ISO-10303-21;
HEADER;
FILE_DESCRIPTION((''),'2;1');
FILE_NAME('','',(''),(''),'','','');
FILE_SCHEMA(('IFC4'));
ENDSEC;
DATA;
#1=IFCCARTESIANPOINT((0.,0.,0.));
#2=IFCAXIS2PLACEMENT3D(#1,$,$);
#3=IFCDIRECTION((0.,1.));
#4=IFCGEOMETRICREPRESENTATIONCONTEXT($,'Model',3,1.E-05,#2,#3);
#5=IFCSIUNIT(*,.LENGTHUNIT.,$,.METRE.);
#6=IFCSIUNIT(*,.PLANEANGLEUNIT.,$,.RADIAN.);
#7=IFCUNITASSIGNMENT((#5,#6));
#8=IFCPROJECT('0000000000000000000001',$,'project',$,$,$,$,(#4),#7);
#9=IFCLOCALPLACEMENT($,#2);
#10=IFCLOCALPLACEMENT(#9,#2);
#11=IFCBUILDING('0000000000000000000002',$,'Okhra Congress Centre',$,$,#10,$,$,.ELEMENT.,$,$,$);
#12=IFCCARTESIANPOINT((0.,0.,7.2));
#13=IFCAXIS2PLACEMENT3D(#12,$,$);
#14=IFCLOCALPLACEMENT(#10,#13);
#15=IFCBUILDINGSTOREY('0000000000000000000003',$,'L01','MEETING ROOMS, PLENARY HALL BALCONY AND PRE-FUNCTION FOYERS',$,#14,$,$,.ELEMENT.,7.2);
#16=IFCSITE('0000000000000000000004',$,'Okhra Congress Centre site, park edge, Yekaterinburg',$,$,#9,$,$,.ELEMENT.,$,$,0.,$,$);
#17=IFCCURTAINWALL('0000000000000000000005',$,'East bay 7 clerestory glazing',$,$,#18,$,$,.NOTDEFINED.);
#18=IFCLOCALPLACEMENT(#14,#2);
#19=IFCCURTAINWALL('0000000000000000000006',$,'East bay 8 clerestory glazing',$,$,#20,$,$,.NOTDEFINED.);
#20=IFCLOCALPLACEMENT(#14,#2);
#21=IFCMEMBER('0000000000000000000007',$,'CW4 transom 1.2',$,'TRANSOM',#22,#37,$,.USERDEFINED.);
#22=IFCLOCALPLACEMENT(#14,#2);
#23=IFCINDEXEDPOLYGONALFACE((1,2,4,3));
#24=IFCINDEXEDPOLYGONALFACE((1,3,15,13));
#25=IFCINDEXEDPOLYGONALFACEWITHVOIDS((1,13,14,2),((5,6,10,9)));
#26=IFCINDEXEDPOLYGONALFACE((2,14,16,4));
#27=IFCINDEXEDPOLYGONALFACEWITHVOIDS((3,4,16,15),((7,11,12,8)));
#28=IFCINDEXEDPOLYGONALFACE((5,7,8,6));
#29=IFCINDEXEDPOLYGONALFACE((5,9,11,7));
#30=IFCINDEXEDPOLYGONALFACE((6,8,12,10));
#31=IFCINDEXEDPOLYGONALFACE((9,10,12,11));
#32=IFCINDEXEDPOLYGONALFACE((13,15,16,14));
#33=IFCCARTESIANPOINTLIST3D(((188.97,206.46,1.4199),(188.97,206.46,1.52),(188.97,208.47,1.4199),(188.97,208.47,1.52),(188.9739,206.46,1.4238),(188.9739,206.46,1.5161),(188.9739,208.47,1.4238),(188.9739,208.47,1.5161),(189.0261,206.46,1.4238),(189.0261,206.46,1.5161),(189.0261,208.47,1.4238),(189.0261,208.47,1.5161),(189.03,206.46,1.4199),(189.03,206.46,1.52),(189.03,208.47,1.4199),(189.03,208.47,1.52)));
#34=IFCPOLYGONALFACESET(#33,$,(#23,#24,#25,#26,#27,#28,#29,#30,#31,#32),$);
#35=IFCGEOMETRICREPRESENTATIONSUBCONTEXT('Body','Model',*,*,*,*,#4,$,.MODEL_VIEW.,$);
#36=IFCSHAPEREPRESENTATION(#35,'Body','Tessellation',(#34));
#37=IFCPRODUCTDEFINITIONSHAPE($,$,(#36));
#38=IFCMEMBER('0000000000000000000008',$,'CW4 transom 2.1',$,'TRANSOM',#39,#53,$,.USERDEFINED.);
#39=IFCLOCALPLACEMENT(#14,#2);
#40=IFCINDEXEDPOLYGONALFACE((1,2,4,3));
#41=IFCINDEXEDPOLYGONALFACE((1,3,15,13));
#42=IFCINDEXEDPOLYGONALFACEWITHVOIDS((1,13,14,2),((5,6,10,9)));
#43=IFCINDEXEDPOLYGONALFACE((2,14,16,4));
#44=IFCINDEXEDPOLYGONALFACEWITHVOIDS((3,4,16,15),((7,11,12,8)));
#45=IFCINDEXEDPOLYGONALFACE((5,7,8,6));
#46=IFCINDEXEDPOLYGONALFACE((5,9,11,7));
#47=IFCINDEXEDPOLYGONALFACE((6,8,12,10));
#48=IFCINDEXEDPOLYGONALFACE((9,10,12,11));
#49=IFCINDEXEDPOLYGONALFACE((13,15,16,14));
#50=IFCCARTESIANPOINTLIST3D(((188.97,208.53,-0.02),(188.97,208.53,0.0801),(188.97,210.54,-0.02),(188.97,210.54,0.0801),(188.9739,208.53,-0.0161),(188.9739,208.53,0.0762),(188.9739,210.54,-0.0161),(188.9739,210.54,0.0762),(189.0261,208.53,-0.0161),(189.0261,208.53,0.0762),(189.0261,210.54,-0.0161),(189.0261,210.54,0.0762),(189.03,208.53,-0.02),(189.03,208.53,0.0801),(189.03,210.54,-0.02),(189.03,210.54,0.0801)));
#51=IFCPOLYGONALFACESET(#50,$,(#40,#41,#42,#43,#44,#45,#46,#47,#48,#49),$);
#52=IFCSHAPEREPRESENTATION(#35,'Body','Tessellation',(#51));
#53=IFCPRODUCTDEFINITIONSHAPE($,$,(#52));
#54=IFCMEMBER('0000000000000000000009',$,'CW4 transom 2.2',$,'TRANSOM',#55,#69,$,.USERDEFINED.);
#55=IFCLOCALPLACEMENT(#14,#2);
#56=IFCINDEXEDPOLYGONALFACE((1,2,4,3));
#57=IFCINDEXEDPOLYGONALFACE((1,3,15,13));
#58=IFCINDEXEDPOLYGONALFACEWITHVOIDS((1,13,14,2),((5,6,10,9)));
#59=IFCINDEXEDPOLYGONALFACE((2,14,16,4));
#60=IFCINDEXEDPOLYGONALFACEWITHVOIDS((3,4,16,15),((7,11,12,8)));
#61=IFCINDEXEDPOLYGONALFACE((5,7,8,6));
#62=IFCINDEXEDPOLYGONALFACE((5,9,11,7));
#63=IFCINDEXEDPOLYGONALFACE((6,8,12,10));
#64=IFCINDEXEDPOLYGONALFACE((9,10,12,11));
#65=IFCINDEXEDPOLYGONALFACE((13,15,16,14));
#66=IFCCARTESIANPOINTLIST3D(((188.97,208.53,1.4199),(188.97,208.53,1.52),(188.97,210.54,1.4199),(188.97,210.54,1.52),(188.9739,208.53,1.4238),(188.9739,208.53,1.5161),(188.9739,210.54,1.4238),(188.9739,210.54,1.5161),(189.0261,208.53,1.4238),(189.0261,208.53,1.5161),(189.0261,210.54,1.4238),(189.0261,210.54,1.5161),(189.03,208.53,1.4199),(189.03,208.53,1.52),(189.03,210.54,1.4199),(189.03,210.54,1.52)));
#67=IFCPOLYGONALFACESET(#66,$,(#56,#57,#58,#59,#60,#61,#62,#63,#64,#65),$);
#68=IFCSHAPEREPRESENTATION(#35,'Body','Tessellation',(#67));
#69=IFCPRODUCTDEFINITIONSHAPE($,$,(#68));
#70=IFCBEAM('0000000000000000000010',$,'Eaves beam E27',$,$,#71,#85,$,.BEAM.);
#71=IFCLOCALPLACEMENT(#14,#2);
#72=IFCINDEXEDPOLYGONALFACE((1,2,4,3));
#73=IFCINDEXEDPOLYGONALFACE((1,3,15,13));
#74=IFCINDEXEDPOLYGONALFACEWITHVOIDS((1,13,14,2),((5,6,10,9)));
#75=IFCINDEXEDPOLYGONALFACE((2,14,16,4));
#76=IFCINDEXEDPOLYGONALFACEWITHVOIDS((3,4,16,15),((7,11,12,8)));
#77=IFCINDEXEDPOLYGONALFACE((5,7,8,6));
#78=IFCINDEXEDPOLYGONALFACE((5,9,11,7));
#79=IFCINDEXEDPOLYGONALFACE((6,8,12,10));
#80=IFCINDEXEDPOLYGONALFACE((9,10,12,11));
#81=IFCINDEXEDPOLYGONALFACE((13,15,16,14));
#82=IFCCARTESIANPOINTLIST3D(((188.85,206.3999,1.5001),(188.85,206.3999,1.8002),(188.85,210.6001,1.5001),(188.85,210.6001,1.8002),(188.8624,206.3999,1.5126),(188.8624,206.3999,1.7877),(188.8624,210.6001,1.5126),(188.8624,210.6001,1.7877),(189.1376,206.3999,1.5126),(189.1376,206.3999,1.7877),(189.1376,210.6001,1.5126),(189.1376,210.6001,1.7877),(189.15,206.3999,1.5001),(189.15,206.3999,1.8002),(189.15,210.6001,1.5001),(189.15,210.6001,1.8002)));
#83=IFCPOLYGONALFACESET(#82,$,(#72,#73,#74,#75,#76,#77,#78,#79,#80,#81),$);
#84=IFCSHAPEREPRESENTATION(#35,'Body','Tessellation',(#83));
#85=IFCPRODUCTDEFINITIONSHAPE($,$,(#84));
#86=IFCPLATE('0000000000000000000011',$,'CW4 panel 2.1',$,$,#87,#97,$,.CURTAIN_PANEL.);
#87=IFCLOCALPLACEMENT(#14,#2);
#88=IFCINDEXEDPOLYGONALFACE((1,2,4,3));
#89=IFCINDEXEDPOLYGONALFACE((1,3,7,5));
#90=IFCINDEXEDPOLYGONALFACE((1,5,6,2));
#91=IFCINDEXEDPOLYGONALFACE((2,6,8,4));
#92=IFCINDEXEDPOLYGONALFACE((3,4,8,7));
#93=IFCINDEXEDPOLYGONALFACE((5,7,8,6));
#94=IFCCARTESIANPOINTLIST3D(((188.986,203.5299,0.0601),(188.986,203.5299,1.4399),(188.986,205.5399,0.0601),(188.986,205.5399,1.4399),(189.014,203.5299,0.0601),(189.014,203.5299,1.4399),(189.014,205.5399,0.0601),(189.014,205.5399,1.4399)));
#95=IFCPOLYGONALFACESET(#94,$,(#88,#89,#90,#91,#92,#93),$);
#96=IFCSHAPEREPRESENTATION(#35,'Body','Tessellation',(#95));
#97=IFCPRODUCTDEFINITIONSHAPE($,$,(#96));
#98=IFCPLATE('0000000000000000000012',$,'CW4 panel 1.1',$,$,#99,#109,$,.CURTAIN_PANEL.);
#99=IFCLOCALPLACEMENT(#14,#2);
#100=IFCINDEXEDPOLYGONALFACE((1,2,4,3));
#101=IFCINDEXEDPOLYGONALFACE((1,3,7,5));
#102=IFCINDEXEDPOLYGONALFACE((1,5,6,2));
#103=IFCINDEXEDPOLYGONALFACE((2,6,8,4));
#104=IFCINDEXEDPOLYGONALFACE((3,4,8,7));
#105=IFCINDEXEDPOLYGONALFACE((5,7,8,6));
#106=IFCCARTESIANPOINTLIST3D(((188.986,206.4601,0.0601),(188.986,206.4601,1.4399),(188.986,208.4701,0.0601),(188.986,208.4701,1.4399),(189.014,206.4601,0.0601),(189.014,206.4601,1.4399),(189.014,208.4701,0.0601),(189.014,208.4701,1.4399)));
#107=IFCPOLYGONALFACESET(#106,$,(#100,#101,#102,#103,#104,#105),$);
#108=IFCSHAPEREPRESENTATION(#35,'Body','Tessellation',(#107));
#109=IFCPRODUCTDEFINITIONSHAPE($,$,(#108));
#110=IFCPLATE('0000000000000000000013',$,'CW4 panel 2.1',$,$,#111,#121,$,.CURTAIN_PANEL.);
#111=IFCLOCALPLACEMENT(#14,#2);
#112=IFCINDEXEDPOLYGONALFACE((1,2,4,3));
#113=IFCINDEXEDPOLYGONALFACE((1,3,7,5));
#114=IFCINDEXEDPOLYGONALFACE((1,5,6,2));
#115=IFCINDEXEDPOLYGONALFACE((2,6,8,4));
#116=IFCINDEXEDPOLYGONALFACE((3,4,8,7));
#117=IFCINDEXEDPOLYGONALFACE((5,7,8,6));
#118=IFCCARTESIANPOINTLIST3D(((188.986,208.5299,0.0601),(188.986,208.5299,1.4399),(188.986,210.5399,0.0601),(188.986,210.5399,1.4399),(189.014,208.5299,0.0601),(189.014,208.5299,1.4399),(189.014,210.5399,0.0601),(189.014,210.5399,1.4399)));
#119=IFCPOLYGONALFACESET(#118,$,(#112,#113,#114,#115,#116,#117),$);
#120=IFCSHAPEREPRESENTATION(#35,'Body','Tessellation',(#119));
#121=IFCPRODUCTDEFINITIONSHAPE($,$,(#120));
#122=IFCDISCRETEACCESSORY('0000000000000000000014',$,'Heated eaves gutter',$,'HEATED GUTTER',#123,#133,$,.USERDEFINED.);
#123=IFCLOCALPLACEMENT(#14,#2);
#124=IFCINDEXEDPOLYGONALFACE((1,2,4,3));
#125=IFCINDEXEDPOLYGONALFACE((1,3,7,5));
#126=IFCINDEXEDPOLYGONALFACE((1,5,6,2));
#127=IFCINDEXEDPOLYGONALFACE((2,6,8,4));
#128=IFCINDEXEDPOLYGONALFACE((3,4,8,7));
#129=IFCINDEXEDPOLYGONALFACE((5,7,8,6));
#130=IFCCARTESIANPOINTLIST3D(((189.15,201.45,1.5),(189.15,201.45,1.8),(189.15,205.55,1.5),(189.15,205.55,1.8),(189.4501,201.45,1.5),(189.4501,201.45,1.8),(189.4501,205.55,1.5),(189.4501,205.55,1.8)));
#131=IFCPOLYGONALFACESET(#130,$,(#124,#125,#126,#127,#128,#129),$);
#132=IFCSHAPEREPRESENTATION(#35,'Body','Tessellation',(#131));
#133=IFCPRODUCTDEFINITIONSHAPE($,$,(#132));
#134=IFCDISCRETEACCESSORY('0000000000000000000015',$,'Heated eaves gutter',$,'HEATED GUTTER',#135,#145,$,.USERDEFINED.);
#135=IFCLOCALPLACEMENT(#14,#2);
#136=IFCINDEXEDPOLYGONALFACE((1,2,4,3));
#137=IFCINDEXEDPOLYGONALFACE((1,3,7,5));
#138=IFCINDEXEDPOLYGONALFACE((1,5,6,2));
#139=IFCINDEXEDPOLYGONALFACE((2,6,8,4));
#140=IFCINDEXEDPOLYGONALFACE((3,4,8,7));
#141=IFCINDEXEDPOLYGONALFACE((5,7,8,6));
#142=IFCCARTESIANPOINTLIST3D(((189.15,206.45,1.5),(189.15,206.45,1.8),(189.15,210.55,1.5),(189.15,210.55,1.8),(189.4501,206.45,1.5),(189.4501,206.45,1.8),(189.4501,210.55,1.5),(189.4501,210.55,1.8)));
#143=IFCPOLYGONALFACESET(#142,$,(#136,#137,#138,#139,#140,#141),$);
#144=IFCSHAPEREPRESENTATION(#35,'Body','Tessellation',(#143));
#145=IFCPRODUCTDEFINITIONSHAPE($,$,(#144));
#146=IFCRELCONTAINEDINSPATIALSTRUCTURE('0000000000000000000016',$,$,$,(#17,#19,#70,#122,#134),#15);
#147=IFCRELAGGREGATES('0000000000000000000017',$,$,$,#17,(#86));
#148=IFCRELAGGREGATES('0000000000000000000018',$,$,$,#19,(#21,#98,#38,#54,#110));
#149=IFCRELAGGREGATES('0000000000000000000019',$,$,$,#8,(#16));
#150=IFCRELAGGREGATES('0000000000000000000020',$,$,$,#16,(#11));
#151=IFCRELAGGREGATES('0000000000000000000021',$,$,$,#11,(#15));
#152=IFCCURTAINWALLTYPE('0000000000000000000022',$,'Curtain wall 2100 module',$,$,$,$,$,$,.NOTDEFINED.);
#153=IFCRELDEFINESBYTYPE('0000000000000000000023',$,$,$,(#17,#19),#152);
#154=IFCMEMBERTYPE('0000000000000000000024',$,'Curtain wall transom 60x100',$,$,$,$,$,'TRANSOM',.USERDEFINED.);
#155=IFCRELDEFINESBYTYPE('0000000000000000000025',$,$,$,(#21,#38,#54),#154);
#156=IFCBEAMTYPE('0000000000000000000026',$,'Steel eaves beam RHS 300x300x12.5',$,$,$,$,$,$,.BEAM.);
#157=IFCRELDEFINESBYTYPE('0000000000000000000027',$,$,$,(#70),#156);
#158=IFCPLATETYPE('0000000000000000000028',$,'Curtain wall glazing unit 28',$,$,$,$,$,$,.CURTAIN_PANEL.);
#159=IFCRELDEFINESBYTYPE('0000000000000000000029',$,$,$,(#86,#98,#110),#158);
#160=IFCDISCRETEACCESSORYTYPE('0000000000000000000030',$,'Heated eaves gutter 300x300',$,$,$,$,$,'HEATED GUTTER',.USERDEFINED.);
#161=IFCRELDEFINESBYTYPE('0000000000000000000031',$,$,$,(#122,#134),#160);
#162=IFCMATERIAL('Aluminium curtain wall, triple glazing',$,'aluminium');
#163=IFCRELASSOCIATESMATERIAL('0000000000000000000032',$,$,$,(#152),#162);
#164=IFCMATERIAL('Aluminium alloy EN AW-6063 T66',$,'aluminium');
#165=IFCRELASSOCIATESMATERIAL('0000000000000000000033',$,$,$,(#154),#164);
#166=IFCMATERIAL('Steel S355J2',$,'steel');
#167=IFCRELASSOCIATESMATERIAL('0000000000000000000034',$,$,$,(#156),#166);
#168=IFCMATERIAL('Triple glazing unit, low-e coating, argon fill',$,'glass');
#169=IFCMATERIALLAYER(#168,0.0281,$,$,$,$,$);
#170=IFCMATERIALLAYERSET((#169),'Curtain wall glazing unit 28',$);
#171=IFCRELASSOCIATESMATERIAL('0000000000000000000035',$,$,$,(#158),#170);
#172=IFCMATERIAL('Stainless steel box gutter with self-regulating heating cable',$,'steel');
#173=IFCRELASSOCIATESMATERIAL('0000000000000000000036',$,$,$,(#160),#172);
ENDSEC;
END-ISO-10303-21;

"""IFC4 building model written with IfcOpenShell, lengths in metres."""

from ifc_helpers import new_model, si_unit, direction, frame, origin, origin_2d, place, context, subcontext, project, spatial, rectangle, hollow_rectangle, extrude, material, layer, layer_set, material_profile, profile_set, type_object, element, aggregate, save


model = new_model("IFC4")

# Units and contexts
model_context = context("Model", 3, precision=1e-05, world=origin(), true_north=direction((0.0, 1.0)))
body_context = subcontext(model_context, "Body", "Model", "MODEL_VIEW")
ifc_project = project(units=[si_unit("LENGTHUNIT", "METRE"), si_unit("PLANEANGLEUNIT", "RADIAN")], contexts=[model_context])

# Site, building, storey
site_placement = place(None, origin())
site = spatial("IfcSite", under=ifc_project, at=site_placement, Name="Okhra Congress Centre site, park edge, Yekaterinburg", CompositionType="ELEMENT", RefElevation=0.0)
building_placement = place(site_placement, origin())
building = spatial("IfcBuilding", under=site, at=building_placement, Name="Okhra Congress Centre", CompositionType="ELEMENT")
storey_placement = place(building_placement, frame((0.0, 0.0, 7.2)))
storey = spatial("IfcBuildingStorey", under=building, at=storey_placement, Name="L01", Description="MEETING ROOMS, PLENARY HALL BALCONY AND PRE-FUNCTION FOYERS", CompositionType="ELEMENT", Elevation=7.2)

# Curtain walls
ifc_material_1 = material(Name="Aluminium curtain wall, triple glazing", Category="aluminium")
curtain_wall_type_1 = type_object("IfcCurtainWallType", Name="Curtain wall 2100 module", PredefinedType="NOTDEFINED", material=ifc_material_1)
curtain_wall_1_placement = place(storey_placement, origin())
curtain_wall_1 = element("IfcCurtainWall", 1, at=curtain_wall_1_placement, inside=storey, type_object=curtain_wall_type_1, Name="East bay 7 clerestory glazing", PredefinedType="NOTDEFINED")
ifc_material_2 = material(Name="Aluminium alloy EN AW-6063 T66", Category="aluminium")
curtain_wall_2_placement = place(storey_placement, origin())
curtain_wall_2 = element("IfcCurtainWall", 2, at=curtain_wall_2_placement, inside=storey, type_object=curtain_wall_type_1, Name="East bay 8 clerestory glazing", PredefinedType="NOTDEFINED")

# Members
ifc_material_profile_1 = material_profile(ifc_material_2, hollow_rectangle(XDim=0.0601, YDim=0.1001, WallThickness=0.0039, at=origin_2d()), Name="RHS 60x100x4")
ifc_profile_set_1 = profile_set([ifc_material_profile_1], Name="Aluminium alloy EN AW-6063 T66")
member_type_1 = type_object("IfcMemberType", Name="Curtain wall transom 60x100", ElementType="TRANSOM", PredefinedType="USERDEFINED", material=ifc_profile_set_1)
member_1_placement = place(storey_placement, frame((189.0, 206.46, 1.47), z_axis=(0.0, 1.0, 0.0), x_axis=(-1.0, 0.0, 0.0)))
member_1 = element("IfcMember", 3, at=member_1_placement, type_object=member_type_1, Name="CW4 transom 1.2", ObjectType="TRANSOM", PredefinedType="USERDEFINED", context=body_context, shape_type="SweptSolid", body=[
    extrude(hollow_rectangle(XDim=0.0601, YDim=0.1001, WallThickness=0.0039, at=origin_2d()), origin(), (0.0, 0.0, 1.0), 2.01),
])
member_2_placement = place(storey_placement, frame((189.0, 208.53, 0.03), z_axis=(0.0, 1.0, 0.0), x_axis=(-1.0, 0.0, 0.0)))
member_2 = element("IfcMember", 4, at=member_2_placement, type_object=member_type_1, Name="CW4 transom 2.1", ObjectType="TRANSOM", PredefinedType="USERDEFINED", context=body_context, shape_type="SweptSolid", body=[
    extrude(hollow_rectangle(XDim=0.0601, YDim=0.1001, WallThickness=0.0039, at=origin_2d()), origin(), (0.0, 0.0, 1.0), 2.01),
])
member_3_placement = place(storey_placement, frame((189.0, 208.53, 1.47), z_axis=(0.0, 1.0, 0.0), x_axis=(-1.0, 0.0, 0.0)))
member_3 = element("IfcMember", 5, at=member_3_placement, type_object=member_type_1, Name="CW4 transom 2.2", ObjectType="TRANSOM", PredefinedType="USERDEFINED", context=body_context, shape_type="SweptSolid", body=[
    extrude(hollow_rectangle(XDim=0.0601, YDim=0.1001, WallThickness=0.0039, at=origin_2d()), origin(), (0.0, 0.0, 1.0), 2.01),
])

# Beam
ifc_material_3 = material(Name="Steel S355J2", Category="steel")
ifc_material_profile_2 = material_profile(ifc_material_3, hollow_rectangle(XDim=0.3, YDim=0.3, WallThickness=0.0125, at=origin_2d()), Name="RHS 300x300x12.5")
ifc_profile_set_2 = profile_set([ifc_material_profile_2], Name="Steel S355J2")
beam_type = type_object("IfcBeamType", Name="Steel eaves beam RHS 300x300x12.5", PredefinedType="BEAM", material=ifc_profile_set_2)
beam_placement = place(storey_placement, frame((189.0, 206.3999, 1.6501), z_axis=(0.0, 1.0, 0.0), x_axis=(-1.0, 0.0, 0.0)))
element("IfcBeam", 6, at=beam_placement, inside=storey, type_object=beam_type, Name="Eaves beam E27", PredefinedType="BEAM", context=body_context, shape_type="SweptSolid", body=[
    extrude(hollow_rectangle(XDim=0.3, YDim=0.3, WallThickness=0.0125, at=origin_2d()), origin(), (0.0, 0.0, 1.0), 4.2002),
])

# Plates
ifc_material_4 = material(Name="Triple glazing unit, low-e coating, argon fill", Category="glass")
ifc_layer = layer(ifc_material_4, 0.0281)
ifc_layer_set = layer_set([ifc_layer], Name="Curtain wall glazing unit 28")
plate_type = type_object("IfcPlateType", Name="Curtain wall glazing unit 28", PredefinedType="CURTAIN_PANEL", material=ifc_layer_set)
plate_1_placement = place(storey_placement, frame((189.0, 204.5349, 0.0601), z_axis=(0.0, 0.0, 1.0), x_axis=(0.0, 1.0, 0.0)))
plate_1 = element("IfcPlate", 7, at=plate_1_placement, type_object=plate_type, Name="CW4 panel 2.1", PredefinedType="CURTAIN_PANEL", context=body_context, shape_type="SweptSolid", body=[
    extrude(rectangle(XDim=2.01, YDim=0.0281, at=origin_2d()), origin(), (0.0, 0.0, 1.0), 1.3799),
])
aggregate(curtain_wall_1, [plate_1])
plate_2_placement = place(storey_placement, frame((189.0, 207.4651, 0.0601), z_axis=(0.0, 0.0, 1.0), x_axis=(0.0, 1.0, 0.0)))
plate_2 = element("IfcPlate", 8, at=plate_2_placement, type_object=plate_type, Name="CW4 panel 1.1", PredefinedType="CURTAIN_PANEL", context=body_context, shape_type="SweptSolid", body=[
    extrude(rectangle(XDim=2.01, YDim=0.0281, at=origin_2d()), origin(), (0.0, 0.0, 1.0), 1.3799),
])
plate_3_placement = place(storey_placement, frame((189.0, 209.5349, 0.0601), z_axis=(0.0, 0.0, 1.0), x_axis=(0.0, 1.0, 0.0)))
plate_3 = element("IfcPlate", 9, at=plate_3_placement, type_object=plate_type, Name="CW4 panel 2.1", PredefinedType="CURTAIN_PANEL", context=body_context, shape_type="SweptSolid", body=[
    extrude(rectangle(XDim=2.01, YDim=0.0281, at=origin_2d()), origin(), (0.0, 0.0, 1.0), 1.3799),
])
aggregate(curtain_wall_2, [member_1, plate_2, member_2, member_3, plate_3])

# Discrete accessories
ifc_material_5 = material(Name="Stainless steel box gutter with self-regulating heating cable", Category="steel")
discrete_accessory_type = type_object("IfcDiscreteAccessoryType", Name="Heated eaves gutter 300x300", ElementType="HEATED GUTTER", PredefinedType="USERDEFINED", material=ifc_material_5)
for number, where, z_axis, x_axis, name in (
    (10, (189.3, 203.5, 1.5), (0.0, 0.0, 1.0), (1.0, 0.0, 0.0), "Heated eaves gutter"),
    (11, (189.3, 208.5, 1.5), (0.0, 0.0, 1.0), (1.0, 0.0, 0.0), "Heated eaves gutter"),
):
    element("IfcDiscreteAccessory", number, at=place(storey_placement, frame(where, z_axis=z_axis, x_axis=x_axis)), inside=storey, type_object=discrete_accessory_type, Name=name, ObjectType="HEATED GUTTER", PredefinedType="USERDEFINED", context=body_context, shape_type="SweptSolid", body=[
        extrude(rectangle(XDim=0.3, YDim=4.1001, at=origin_2d()), origin(), (0.0, 0.0, 1.0), 0.3),
    ])

save(model, "model.ifc")
